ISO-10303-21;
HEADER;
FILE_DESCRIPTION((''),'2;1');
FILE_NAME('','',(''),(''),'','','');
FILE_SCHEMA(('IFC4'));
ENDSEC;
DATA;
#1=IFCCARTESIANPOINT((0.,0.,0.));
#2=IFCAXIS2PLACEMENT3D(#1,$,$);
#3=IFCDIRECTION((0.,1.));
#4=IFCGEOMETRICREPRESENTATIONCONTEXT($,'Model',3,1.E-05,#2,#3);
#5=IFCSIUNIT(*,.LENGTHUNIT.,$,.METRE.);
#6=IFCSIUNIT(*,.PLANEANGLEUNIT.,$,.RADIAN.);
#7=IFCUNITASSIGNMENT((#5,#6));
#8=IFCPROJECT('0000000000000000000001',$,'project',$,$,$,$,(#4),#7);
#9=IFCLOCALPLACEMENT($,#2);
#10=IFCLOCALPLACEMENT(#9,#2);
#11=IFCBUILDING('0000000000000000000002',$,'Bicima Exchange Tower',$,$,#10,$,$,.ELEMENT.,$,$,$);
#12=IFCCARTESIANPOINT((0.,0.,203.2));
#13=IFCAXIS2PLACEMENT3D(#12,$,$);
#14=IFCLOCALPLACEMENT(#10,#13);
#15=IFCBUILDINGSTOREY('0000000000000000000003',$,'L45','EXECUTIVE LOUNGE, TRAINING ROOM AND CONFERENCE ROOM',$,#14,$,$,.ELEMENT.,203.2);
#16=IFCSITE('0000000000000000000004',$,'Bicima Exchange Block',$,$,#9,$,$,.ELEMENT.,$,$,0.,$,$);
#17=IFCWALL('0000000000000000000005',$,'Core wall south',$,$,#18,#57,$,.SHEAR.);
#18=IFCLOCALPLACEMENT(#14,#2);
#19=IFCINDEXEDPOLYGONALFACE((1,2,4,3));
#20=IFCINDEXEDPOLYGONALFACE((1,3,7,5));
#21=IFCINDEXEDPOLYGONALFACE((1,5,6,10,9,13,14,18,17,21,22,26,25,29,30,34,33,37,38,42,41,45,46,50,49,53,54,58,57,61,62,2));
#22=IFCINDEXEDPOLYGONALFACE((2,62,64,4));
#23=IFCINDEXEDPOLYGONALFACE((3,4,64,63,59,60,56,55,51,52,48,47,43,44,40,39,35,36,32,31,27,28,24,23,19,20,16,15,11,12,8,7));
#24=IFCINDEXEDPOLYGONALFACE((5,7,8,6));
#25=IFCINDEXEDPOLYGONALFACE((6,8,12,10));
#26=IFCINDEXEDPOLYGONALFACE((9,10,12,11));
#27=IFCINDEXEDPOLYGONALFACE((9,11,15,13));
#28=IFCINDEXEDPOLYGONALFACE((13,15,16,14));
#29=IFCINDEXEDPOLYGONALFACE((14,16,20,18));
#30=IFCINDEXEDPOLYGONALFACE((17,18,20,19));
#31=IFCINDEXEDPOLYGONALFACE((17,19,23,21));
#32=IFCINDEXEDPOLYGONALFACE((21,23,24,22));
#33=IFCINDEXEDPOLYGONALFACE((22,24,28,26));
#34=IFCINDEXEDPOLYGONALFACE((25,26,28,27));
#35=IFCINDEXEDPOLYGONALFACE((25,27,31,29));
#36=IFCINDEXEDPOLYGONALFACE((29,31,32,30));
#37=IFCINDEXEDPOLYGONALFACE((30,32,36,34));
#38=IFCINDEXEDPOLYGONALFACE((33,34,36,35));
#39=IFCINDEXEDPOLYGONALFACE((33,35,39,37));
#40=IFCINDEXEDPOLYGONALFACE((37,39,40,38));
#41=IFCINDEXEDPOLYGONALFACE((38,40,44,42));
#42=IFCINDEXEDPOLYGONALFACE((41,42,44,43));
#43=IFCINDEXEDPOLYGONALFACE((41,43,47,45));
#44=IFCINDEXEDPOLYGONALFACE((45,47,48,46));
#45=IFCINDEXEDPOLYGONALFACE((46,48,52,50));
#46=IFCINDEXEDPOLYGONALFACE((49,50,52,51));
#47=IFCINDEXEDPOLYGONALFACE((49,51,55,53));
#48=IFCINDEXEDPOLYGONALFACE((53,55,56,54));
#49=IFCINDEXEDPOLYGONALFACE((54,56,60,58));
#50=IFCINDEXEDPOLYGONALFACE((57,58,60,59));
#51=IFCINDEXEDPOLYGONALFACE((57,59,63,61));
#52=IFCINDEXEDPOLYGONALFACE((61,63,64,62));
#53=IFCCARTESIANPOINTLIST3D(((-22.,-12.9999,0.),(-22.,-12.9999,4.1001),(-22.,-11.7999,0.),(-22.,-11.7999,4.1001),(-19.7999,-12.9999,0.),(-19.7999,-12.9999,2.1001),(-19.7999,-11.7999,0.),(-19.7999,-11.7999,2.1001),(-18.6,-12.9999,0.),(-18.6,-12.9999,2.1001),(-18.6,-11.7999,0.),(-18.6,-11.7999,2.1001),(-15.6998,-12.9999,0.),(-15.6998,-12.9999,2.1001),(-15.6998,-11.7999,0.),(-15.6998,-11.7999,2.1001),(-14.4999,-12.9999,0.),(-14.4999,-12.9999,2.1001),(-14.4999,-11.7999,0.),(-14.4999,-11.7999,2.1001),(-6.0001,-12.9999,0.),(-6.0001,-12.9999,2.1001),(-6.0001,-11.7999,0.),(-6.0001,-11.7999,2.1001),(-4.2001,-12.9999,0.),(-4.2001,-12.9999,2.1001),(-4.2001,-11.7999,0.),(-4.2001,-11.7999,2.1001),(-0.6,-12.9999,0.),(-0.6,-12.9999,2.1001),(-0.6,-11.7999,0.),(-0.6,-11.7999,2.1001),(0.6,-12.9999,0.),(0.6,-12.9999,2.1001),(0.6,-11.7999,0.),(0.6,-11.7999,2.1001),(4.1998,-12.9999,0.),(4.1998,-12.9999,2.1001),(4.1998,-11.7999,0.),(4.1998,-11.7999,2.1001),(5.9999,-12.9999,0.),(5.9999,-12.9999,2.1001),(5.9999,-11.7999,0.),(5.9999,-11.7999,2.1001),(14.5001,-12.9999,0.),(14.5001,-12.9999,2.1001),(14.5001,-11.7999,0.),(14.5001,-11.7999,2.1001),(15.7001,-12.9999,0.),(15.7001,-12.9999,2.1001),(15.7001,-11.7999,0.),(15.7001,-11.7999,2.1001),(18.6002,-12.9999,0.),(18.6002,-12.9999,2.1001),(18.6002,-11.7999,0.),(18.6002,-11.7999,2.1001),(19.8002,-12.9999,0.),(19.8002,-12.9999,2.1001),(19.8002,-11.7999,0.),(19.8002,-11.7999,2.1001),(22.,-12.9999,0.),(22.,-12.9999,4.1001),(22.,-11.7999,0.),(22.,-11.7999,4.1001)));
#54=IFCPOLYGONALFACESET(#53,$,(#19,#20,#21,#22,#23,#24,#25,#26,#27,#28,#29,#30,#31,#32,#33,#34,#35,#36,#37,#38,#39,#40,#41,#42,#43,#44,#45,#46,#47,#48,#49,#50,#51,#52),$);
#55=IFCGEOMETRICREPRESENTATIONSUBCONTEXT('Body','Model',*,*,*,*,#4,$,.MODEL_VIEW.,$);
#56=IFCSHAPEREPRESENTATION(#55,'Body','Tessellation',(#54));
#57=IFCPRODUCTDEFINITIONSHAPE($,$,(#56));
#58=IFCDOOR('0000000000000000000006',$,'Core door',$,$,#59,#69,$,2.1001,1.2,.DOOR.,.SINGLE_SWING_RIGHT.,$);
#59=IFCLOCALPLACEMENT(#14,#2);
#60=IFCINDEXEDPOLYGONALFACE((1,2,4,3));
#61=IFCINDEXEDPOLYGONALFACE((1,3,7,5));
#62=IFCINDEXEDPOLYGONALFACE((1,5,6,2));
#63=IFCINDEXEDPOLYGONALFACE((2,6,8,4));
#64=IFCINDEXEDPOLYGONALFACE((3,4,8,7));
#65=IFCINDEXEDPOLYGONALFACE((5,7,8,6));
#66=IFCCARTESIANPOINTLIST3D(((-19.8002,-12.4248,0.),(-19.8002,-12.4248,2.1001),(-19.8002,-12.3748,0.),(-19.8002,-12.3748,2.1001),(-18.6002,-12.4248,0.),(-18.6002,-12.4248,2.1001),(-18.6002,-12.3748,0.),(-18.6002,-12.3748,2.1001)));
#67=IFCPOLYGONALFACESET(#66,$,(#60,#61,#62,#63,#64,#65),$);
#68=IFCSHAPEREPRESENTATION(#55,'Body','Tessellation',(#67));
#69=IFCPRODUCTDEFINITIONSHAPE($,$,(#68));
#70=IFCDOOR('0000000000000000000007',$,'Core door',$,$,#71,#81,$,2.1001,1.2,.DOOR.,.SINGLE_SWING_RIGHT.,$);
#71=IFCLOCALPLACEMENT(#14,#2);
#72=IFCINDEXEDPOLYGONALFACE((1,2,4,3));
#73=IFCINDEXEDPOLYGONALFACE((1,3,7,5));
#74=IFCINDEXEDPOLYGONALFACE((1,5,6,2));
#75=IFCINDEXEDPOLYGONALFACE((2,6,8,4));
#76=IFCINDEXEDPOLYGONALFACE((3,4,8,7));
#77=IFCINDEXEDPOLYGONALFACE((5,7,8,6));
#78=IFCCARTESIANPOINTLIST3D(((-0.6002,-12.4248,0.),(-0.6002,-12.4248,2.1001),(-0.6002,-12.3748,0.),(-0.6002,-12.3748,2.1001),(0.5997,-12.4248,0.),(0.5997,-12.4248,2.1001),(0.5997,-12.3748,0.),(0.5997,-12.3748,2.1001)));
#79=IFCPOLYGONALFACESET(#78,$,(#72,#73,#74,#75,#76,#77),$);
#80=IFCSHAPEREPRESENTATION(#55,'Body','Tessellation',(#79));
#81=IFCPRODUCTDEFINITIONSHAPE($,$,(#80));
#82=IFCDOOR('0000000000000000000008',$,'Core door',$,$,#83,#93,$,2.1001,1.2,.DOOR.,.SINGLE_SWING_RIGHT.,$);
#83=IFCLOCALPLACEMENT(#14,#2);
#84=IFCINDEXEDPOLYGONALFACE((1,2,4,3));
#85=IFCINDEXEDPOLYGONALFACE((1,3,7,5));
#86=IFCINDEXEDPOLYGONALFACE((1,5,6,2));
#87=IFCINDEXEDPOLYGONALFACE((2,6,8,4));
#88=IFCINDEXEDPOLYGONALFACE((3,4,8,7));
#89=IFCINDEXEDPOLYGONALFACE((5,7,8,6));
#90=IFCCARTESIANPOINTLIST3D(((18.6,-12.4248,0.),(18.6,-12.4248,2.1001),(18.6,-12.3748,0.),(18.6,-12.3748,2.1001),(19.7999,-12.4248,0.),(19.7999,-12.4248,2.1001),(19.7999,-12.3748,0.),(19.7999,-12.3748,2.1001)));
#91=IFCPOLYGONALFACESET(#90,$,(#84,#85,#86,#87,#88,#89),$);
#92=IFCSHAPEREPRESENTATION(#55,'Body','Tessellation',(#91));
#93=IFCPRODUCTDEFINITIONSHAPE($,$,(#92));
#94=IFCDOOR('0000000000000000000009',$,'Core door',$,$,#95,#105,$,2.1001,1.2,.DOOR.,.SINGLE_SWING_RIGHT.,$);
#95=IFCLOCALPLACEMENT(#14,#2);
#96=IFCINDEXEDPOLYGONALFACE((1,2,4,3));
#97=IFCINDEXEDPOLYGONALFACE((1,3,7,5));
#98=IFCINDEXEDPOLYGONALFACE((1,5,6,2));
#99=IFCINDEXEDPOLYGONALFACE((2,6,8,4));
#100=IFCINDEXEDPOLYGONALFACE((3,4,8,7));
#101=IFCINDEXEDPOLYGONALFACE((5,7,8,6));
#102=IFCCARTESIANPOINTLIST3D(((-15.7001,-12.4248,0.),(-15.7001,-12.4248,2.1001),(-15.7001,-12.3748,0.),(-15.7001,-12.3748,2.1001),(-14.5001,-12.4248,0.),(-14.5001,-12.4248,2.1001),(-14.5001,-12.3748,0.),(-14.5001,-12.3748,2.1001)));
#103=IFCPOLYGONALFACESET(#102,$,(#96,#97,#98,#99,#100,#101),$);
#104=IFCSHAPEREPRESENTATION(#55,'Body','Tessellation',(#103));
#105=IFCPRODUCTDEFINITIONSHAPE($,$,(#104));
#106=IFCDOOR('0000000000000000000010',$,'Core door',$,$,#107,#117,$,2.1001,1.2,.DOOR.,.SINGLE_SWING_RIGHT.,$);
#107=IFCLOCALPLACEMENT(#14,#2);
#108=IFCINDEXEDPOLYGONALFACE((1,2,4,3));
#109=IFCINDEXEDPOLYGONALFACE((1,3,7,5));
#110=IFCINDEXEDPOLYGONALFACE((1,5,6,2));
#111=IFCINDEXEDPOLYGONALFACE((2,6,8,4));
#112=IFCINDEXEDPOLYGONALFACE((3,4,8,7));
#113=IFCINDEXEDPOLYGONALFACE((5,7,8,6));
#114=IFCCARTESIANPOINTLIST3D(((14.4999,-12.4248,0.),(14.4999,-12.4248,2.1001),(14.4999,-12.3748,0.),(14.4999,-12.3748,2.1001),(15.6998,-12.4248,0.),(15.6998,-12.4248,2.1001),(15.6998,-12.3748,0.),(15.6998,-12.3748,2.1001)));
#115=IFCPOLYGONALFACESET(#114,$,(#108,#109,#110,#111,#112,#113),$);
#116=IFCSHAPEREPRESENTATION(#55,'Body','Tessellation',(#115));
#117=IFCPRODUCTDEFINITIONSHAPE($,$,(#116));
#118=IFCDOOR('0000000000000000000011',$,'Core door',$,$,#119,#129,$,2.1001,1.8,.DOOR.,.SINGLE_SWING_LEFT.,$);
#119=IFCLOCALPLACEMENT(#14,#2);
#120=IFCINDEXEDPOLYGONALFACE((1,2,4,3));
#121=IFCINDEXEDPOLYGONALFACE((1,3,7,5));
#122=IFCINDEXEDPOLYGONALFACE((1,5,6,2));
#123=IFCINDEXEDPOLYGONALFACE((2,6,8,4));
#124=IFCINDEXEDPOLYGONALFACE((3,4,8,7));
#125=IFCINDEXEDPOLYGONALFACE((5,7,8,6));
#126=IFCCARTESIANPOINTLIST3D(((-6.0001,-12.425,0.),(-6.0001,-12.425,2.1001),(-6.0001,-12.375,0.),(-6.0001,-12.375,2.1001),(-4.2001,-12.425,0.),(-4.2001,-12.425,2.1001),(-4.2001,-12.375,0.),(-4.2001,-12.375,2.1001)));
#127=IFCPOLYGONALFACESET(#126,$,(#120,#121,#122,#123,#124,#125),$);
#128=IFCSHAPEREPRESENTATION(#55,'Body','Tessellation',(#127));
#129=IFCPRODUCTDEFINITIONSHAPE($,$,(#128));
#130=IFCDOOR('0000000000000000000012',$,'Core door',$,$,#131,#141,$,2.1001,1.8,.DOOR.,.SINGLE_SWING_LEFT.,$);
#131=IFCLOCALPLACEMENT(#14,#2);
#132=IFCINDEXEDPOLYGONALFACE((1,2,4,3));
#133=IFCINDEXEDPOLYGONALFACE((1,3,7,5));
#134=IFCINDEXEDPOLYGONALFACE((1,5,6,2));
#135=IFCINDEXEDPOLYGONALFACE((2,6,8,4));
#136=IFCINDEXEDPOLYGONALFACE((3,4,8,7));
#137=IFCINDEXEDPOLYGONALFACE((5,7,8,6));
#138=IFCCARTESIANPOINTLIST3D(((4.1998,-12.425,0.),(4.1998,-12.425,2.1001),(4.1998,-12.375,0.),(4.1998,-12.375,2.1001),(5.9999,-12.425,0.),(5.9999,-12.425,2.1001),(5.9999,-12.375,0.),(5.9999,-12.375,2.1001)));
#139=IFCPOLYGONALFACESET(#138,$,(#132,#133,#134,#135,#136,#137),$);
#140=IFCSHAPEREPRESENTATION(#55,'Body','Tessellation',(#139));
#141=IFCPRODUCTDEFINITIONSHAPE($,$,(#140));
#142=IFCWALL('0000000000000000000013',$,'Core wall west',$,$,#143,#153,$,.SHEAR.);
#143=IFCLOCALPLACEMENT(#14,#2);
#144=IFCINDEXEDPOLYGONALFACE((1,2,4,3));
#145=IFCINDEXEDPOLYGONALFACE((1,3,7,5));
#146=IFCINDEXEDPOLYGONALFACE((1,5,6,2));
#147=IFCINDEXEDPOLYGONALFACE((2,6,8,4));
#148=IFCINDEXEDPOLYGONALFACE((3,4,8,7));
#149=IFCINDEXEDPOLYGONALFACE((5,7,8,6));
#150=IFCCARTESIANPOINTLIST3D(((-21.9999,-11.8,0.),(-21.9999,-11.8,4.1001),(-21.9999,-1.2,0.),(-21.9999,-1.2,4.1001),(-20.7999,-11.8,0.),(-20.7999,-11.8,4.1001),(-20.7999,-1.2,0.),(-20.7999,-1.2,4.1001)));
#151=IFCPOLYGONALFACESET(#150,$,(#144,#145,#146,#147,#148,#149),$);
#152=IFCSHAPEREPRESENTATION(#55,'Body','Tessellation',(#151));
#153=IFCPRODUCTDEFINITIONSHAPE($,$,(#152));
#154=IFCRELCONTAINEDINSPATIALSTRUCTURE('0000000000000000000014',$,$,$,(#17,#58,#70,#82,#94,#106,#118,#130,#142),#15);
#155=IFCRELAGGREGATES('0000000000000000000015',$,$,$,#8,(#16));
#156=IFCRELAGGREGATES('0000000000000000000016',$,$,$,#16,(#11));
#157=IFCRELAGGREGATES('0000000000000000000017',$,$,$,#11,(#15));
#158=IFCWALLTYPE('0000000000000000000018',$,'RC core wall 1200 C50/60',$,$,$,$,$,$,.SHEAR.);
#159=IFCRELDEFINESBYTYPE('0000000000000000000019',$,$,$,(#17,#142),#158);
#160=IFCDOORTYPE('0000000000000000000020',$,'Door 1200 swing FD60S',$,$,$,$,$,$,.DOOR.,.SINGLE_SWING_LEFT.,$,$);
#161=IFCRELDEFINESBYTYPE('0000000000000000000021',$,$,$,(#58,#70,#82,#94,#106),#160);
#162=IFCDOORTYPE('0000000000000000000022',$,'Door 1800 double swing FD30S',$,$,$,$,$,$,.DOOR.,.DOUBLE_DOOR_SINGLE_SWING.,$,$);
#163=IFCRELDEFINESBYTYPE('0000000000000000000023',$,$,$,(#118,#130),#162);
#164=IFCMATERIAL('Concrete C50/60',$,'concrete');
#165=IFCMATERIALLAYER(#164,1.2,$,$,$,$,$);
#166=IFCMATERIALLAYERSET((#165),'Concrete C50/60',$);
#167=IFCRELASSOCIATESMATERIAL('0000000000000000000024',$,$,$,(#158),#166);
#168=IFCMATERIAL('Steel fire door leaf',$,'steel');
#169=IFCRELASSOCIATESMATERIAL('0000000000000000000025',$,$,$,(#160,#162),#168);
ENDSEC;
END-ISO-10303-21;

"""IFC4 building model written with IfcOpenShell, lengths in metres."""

from ifc_helpers import new_model, si_unit, direction, frame, frame_2d, origin, place, context, subcontext, project, spatial, rectangle, extrude, material, layer, layer_set, type_object, element, fill, save


model = new_model("IFC4")

# Units and contexts
model_context = context("Model", 3, precision=1e-05, world=origin(), true_north=direction((0.0, 1.0)))
body_context = subcontext(model_context, "Body", "Model", "MODEL_VIEW")
ifc_project = project(units=[si_unit("LENGTHUNIT", "METRE"), si_unit("PLANEANGLEUNIT", "RADIAN")], contexts=[model_context])

# Site, building, storey
site_placement = place(None, origin())
site = spatial("IfcSite", under=ifc_project, at=site_placement, Name="Bicima Exchange Block", CompositionType="ELEMENT", RefElevation=0.0)
building_placement = place(site_placement, origin())
building = spatial("IfcBuilding", under=site, at=building_placement, Name="Bicima Exchange Tower", CompositionType="ELEMENT")
storey_placement = place(building_placement, frame((0.0, 0.0, 203.2)))
storey = spatial("IfcBuildingStorey", under=building, at=storey_placement, Name="L45", Description="EXECUTIVE LOUNGE, TRAINING ROOM AND CONFERENCE ROOM", CompositionType="ELEMENT", Elevation=203.2)

# Wall, openings, doors
ifc_material_1 = material(Name="Concrete C50/60", Category="concrete")
ifc_layer_1 = layer(ifc_material_1, 1.2)
ifc_layer_set_1 = layer_set([ifc_layer_1], Name="Concrete C50/60")
wall_type_1 = type_object("IfcWallType", Name="RC core wall 1200 C50/60", PredefinedType="SHEAR", material=ifc_layer_set_1)
wall_1_placement = place(storey_placement, frame((-22.0, -12.3999, 0.0), z_axis=(0.0, 0.0, 1.0), x_axis=(1.0, 0.0, 0.0)))
wall_1 = element("IfcWall", 1, at=wall_1_placement, inside=storey, type_object=wall_type_1, Name="Core wall south", PredefinedType="SHEAR", context=body_context, shape_type="SweptSolid", body=[
    extrude(rectangle(XDim=44.0, YDim=1.2, at=frame_2d((22.0, 0.0))), origin(), (0.0, 0.0, 1.0), 4.1001),
])
opening_1_placement = place(wall_1_placement, frame((2.2, 0.0, 0.0)))
opening_1 = element("IfcOpeningElement", 2, at=opening_1_placement, cuts=wall_1, PredefinedType="OPENING", context=body_context, shape_type="SweptSolid", body=[
    extrude(rectangle(XDim=1.2, YDim=2.1001, at=frame_2d((0.6001, 1.05))), frame((0.0, 0.6118, 0.0), z_axis=(0.0, -1.0, 0.0), x_axis=(1.0, 0.0, 0.0)), (0.0, 0.0, 1.0), 1.2239),
])
opening_2_placement = place(wall_1_placement, frame((21.3999, 0.0, 0.0)))
opening_2 = element("IfcOpeningElement", 3, at=opening_2_placement, cuts=wall_1, PredefinedType="OPENING", context=body_context, shape_type="SweptSolid", body=[
    extrude(rectangle(XDim=1.2, YDim=2.1001, at=frame_2d((0.6001, 1.05))), frame((0.0, 0.6118, 0.0), z_axis=(0.0, -1.0, 0.0), x_axis=(1.0, 0.0, 0.0)), (0.0, 0.0, 1.0), 1.2239),
])
opening_3_placement = place(wall_1_placement, frame((40.6001, 0.0, 0.0)))
opening_3 = element("IfcOpeningElement", 4, at=opening_3_placement, cuts=wall_1, PredefinedType="OPENING", context=body_context, shape_type="SweptSolid", body=[
    extrude(rectangle(XDim=1.2, YDim=2.1001, at=frame_2d((0.6001, 1.05))), frame((0.0, 0.6118, 0.0), z_axis=(0.0, -1.0, 0.0), x_axis=(1.0, 0.0, 0.0)), (0.0, 0.0, 1.0), 1.2239),
])
opening_4_placement = place(wall_1_placement, frame((16.0, 0.0, 0.0)))
opening_4 = element("IfcOpeningElement", 5, at=opening_4_placement, cuts=wall_1, PredefinedType="OPENING", context=body_context, shape_type="SweptSolid", body=[
    extrude(rectangle(XDim=1.8, YDim=2.1001, at=frame_2d((0.8999, 1.05))), frame((0.0, 0.6118, 0.0), z_axis=(0.0, -1.0, 0.0), x_axis=(1.0, 0.0, 0.0)), (0.0, 0.0, 1.0), 1.2239),
])
opening_5_placement = place(wall_1_placement, frame((6.3, 0.0, 0.0)))
opening_5 = element("IfcOpeningElement", 6, at=opening_5_placement, cuts=wall_1, PredefinedType="OPENING", context=body_context, shape_type="SweptSolid", body=[
    extrude(rectangle(XDim=1.2, YDim=2.1001, at=frame_2d((0.6001, 1.05))), frame((0.0, 0.6118, 0.0), z_axis=(0.0, -1.0, 0.0), x_axis=(1.0, 0.0, 0.0)), (0.0, 0.0, 1.0), 1.2239),
])
opening_6_placement = place(wall_1_placement, frame((26.2, 0.0, 0.0)))
opening_6 = element("IfcOpeningElement", 7, at=opening_6_placement, cuts=wall_1, PredefinedType="OPENING", context=body_context, shape_type="SweptSolid", body=[
    extrude(rectangle(XDim=1.8, YDim=2.1001, at=frame_2d((0.8999, 1.05))), frame((0.0, 0.6118, 0.0), z_axis=(0.0, -1.0, 0.0), x_axis=(1.0, 0.0, 0.0)), (0.0, 0.0, 1.0), 1.2239),
])
opening_7_placement = place(wall_1_placement, frame((36.5, 0.0, 0.0)))
opening_7 = element("IfcOpeningElement", 8, at=opening_7_placement, cuts=wall_1, PredefinedType="OPENING", context=body_context, shape_type="SweptSolid", body=[
    extrude(rectangle(XDim=1.2, YDim=2.1001, at=frame_2d((0.6001, 1.05))), frame((0.0, 0.6118, 0.0), z_axis=(0.0, -1.0, 0.0), x_axis=(1.0, 0.0, 0.0)), (0.0, 0.0, 1.0), 1.2239),
])
ifc_material_2 = material(Name="Steel fire door leaf", Category="steel")
door_type_1 = type_object("IfcDoorType", Name="Door 1200 swing FD60S", OperationType="SINGLE_SWING_LEFT", PredefinedType="DOOR", material=ifc_material_2)
door_1_placement = place(opening_1_placement, frame((1.2, 0.0, 0.0), z_axis=(0.0, 0.0, 1.0), x_axis=(-1.0, 0.0, 0.0)))
door_1 = element("IfcDoor", 9, at=door_1_placement, inside=storey, type_object=door_type_1, Name="Core door", OperationType="SINGLE_SWING_RIGHT", OverallHeight=2.1001, OverallWidth=1.2, PredefinedType="DOOR", context=body_context, shape_type="SweptSolid", body=[
    extrude(rectangle(XDim=1.2, YDim=2.1001, at=frame_2d((0.6001, 1.05))), frame((0.0, 0.0249, 0.0), z_axis=(0.0, -1.0, 0.0), x_axis=(1.0, 0.0, 0.0)), (0.0, 0.0, 1.0), 0.05),
])
fill(opening_1, door_1)
door_2_placement = place(opening_2_placement, frame((1.2, 0.0, 0.0), z_axis=(0.0, 0.0, 1.0), x_axis=(-1.0, 0.0, 0.0)))
door_2 = element("IfcDoor", 10, at=door_2_placement, inside=storey, type_object=door_type_1, Name="Core door", OperationType="SINGLE_SWING_RIGHT", OverallHeight=2.1001, OverallWidth=1.2, PredefinedType="DOOR", context=body_context, shape_type="SweptSolid", body=[
    extrude(rectangle(XDim=1.2, YDim=2.1001, at=frame_2d((0.6001, 1.05))), frame((0.0, 0.0249, 0.0), z_axis=(0.0, -1.0, 0.0), x_axis=(1.0, 0.0, 0.0)), (0.0, 0.0, 1.0), 0.05),
])
fill(opening_2, door_2)
door_3_placement = place(opening_3_placement, frame((1.2, 0.0, 0.0), z_axis=(0.0, 0.0, 1.0), x_axis=(-1.0, 0.0, 0.0)))
door_3 = element("IfcDoor", 11, at=door_3_placement, inside=storey, type_object=door_type_1, Name="Core door", OperationType="SINGLE_SWING_RIGHT", OverallHeight=2.1001, OverallWidth=1.2, PredefinedType="DOOR", context=body_context, shape_type="SweptSolid", body=[
    extrude(rectangle(XDim=1.2, YDim=2.1001, at=frame_2d((0.6001, 1.05))), frame((0.0, 0.0249, 0.0), z_axis=(0.0, -1.0, 0.0), x_axis=(1.0, 0.0, 0.0)), (0.0, 0.0, 1.0), 0.05),
])
fill(opening_3, door_3)
door_4_placement = place(opening_5_placement, frame((1.2, 0.0, 0.0), z_axis=(0.0, 0.0, 1.0), x_axis=(-1.0, 0.0, 0.0)))
door_4 = element("IfcDoor", 12, at=door_4_placement, inside=storey, type_object=door_type_1, Name="Core door", OperationType="SINGLE_SWING_RIGHT", OverallHeight=2.1001, OverallWidth=1.2, PredefinedType="DOOR", context=body_context, shape_type="SweptSolid", body=[
    extrude(rectangle(XDim=1.2, YDim=2.1001, at=frame_2d((0.6001, 1.05))), frame((0.0, 0.0249, 0.0), z_axis=(0.0, -1.0, 0.0), x_axis=(1.0, 0.0, 0.0)), (0.0, 0.0, 1.0), 0.05),
])
fill(opening_5, door_4)
door_5_placement = place(opening_7_placement, frame((1.2, 0.0, 0.0), z_axis=(0.0, 0.0, 1.0), x_axis=(-1.0, 0.0, 0.0)))
door_5 = element("IfcDoor", 13, at=door_5_placement, inside=storey, type_object=door_type_1, Name="Core door", OperationType="SINGLE_SWING_RIGHT", OverallHeight=2.1001, OverallWidth=1.2, PredefinedType="DOOR", context=body_context, shape_type="SweptSolid", body=[
    extrude(rectangle(XDim=1.2, YDim=2.1001, at=frame_2d((0.6001, 1.05))), frame((0.0, 0.0249, 0.0), z_axis=(0.0, -1.0, 0.0), x_axis=(1.0, 0.0, 0.0)), (0.0, 0.0, 1.0), 0.05),
])
fill(opening_7, door_5)
door_type_2 = type_object("IfcDoorType", Name="Door 1800 double swing FD30S", OperationType="DOUBLE_DOOR_SINGLE_SWING", PredefinedType="DOOR", material=ifc_material_2)
door_6_placement = place(opening_4_placement, origin())
door_6 = element("IfcDoor", 14, at=door_6_placement, inside=storey, type_object=door_type_2, Name="Core door", OperationType="SINGLE_SWING_LEFT", OverallHeight=2.1001, OverallWidth=1.8, PredefinedType="DOOR", context=body_context, shape_type="SweptSolid", body=[
    extrude(rectangle(XDim=1.8, YDim=2.1001, at=frame_2d((0.8999, 1.05))), frame((0.0, 0.0249, 0.0), z_axis=(0.0, -1.0, 0.0), x_axis=(1.0, 0.0, 0.0)), (0.0, 0.0, 1.0), 0.05),
])
fill(opening_4, door_6)
door_7_placement = place(opening_6_placement, origin())
door_7 = element("IfcDoor", 15, at=door_7_placement, inside=storey, type_object=door_type_2, Name="Core door", OperationType="SINGLE_SWING_LEFT", OverallHeight=2.1001, OverallWidth=1.8, PredefinedType="DOOR", context=body_context, shape_type="SweptSolid", body=[
    extrude(rectangle(XDim=1.8, YDim=2.1001, at=frame_2d((0.8999, 1.05))), frame((0.0, 0.0249, 0.0), z_axis=(0.0, -1.0, 0.0), x_axis=(1.0, 0.0, 0.0)), (0.0, 0.0, 1.0), 0.05),
])
fill(opening_6, door_7)

# Wall
wall_2_placement = place(storey_placement, frame((-21.3999, -11.8, 0.0), z_axis=(0.0, 0.0, 1.0), x_axis=(0.0, 1.0, 0.0)))
element("IfcWall", 16, at=wall_2_placement, inside=storey, type_object=wall_type_1, Name="Core wall west", PredefinedType="SHEAR", context=body_context, shape_type="SweptSolid", body=[
    extrude(rectangle(XDim=10.6001, YDim=1.2, at=frame_2d((5.3, 0.0))), origin(), (0.0, 0.0, 1.0), 4.1001),
])

save(model, "model.ifc")
